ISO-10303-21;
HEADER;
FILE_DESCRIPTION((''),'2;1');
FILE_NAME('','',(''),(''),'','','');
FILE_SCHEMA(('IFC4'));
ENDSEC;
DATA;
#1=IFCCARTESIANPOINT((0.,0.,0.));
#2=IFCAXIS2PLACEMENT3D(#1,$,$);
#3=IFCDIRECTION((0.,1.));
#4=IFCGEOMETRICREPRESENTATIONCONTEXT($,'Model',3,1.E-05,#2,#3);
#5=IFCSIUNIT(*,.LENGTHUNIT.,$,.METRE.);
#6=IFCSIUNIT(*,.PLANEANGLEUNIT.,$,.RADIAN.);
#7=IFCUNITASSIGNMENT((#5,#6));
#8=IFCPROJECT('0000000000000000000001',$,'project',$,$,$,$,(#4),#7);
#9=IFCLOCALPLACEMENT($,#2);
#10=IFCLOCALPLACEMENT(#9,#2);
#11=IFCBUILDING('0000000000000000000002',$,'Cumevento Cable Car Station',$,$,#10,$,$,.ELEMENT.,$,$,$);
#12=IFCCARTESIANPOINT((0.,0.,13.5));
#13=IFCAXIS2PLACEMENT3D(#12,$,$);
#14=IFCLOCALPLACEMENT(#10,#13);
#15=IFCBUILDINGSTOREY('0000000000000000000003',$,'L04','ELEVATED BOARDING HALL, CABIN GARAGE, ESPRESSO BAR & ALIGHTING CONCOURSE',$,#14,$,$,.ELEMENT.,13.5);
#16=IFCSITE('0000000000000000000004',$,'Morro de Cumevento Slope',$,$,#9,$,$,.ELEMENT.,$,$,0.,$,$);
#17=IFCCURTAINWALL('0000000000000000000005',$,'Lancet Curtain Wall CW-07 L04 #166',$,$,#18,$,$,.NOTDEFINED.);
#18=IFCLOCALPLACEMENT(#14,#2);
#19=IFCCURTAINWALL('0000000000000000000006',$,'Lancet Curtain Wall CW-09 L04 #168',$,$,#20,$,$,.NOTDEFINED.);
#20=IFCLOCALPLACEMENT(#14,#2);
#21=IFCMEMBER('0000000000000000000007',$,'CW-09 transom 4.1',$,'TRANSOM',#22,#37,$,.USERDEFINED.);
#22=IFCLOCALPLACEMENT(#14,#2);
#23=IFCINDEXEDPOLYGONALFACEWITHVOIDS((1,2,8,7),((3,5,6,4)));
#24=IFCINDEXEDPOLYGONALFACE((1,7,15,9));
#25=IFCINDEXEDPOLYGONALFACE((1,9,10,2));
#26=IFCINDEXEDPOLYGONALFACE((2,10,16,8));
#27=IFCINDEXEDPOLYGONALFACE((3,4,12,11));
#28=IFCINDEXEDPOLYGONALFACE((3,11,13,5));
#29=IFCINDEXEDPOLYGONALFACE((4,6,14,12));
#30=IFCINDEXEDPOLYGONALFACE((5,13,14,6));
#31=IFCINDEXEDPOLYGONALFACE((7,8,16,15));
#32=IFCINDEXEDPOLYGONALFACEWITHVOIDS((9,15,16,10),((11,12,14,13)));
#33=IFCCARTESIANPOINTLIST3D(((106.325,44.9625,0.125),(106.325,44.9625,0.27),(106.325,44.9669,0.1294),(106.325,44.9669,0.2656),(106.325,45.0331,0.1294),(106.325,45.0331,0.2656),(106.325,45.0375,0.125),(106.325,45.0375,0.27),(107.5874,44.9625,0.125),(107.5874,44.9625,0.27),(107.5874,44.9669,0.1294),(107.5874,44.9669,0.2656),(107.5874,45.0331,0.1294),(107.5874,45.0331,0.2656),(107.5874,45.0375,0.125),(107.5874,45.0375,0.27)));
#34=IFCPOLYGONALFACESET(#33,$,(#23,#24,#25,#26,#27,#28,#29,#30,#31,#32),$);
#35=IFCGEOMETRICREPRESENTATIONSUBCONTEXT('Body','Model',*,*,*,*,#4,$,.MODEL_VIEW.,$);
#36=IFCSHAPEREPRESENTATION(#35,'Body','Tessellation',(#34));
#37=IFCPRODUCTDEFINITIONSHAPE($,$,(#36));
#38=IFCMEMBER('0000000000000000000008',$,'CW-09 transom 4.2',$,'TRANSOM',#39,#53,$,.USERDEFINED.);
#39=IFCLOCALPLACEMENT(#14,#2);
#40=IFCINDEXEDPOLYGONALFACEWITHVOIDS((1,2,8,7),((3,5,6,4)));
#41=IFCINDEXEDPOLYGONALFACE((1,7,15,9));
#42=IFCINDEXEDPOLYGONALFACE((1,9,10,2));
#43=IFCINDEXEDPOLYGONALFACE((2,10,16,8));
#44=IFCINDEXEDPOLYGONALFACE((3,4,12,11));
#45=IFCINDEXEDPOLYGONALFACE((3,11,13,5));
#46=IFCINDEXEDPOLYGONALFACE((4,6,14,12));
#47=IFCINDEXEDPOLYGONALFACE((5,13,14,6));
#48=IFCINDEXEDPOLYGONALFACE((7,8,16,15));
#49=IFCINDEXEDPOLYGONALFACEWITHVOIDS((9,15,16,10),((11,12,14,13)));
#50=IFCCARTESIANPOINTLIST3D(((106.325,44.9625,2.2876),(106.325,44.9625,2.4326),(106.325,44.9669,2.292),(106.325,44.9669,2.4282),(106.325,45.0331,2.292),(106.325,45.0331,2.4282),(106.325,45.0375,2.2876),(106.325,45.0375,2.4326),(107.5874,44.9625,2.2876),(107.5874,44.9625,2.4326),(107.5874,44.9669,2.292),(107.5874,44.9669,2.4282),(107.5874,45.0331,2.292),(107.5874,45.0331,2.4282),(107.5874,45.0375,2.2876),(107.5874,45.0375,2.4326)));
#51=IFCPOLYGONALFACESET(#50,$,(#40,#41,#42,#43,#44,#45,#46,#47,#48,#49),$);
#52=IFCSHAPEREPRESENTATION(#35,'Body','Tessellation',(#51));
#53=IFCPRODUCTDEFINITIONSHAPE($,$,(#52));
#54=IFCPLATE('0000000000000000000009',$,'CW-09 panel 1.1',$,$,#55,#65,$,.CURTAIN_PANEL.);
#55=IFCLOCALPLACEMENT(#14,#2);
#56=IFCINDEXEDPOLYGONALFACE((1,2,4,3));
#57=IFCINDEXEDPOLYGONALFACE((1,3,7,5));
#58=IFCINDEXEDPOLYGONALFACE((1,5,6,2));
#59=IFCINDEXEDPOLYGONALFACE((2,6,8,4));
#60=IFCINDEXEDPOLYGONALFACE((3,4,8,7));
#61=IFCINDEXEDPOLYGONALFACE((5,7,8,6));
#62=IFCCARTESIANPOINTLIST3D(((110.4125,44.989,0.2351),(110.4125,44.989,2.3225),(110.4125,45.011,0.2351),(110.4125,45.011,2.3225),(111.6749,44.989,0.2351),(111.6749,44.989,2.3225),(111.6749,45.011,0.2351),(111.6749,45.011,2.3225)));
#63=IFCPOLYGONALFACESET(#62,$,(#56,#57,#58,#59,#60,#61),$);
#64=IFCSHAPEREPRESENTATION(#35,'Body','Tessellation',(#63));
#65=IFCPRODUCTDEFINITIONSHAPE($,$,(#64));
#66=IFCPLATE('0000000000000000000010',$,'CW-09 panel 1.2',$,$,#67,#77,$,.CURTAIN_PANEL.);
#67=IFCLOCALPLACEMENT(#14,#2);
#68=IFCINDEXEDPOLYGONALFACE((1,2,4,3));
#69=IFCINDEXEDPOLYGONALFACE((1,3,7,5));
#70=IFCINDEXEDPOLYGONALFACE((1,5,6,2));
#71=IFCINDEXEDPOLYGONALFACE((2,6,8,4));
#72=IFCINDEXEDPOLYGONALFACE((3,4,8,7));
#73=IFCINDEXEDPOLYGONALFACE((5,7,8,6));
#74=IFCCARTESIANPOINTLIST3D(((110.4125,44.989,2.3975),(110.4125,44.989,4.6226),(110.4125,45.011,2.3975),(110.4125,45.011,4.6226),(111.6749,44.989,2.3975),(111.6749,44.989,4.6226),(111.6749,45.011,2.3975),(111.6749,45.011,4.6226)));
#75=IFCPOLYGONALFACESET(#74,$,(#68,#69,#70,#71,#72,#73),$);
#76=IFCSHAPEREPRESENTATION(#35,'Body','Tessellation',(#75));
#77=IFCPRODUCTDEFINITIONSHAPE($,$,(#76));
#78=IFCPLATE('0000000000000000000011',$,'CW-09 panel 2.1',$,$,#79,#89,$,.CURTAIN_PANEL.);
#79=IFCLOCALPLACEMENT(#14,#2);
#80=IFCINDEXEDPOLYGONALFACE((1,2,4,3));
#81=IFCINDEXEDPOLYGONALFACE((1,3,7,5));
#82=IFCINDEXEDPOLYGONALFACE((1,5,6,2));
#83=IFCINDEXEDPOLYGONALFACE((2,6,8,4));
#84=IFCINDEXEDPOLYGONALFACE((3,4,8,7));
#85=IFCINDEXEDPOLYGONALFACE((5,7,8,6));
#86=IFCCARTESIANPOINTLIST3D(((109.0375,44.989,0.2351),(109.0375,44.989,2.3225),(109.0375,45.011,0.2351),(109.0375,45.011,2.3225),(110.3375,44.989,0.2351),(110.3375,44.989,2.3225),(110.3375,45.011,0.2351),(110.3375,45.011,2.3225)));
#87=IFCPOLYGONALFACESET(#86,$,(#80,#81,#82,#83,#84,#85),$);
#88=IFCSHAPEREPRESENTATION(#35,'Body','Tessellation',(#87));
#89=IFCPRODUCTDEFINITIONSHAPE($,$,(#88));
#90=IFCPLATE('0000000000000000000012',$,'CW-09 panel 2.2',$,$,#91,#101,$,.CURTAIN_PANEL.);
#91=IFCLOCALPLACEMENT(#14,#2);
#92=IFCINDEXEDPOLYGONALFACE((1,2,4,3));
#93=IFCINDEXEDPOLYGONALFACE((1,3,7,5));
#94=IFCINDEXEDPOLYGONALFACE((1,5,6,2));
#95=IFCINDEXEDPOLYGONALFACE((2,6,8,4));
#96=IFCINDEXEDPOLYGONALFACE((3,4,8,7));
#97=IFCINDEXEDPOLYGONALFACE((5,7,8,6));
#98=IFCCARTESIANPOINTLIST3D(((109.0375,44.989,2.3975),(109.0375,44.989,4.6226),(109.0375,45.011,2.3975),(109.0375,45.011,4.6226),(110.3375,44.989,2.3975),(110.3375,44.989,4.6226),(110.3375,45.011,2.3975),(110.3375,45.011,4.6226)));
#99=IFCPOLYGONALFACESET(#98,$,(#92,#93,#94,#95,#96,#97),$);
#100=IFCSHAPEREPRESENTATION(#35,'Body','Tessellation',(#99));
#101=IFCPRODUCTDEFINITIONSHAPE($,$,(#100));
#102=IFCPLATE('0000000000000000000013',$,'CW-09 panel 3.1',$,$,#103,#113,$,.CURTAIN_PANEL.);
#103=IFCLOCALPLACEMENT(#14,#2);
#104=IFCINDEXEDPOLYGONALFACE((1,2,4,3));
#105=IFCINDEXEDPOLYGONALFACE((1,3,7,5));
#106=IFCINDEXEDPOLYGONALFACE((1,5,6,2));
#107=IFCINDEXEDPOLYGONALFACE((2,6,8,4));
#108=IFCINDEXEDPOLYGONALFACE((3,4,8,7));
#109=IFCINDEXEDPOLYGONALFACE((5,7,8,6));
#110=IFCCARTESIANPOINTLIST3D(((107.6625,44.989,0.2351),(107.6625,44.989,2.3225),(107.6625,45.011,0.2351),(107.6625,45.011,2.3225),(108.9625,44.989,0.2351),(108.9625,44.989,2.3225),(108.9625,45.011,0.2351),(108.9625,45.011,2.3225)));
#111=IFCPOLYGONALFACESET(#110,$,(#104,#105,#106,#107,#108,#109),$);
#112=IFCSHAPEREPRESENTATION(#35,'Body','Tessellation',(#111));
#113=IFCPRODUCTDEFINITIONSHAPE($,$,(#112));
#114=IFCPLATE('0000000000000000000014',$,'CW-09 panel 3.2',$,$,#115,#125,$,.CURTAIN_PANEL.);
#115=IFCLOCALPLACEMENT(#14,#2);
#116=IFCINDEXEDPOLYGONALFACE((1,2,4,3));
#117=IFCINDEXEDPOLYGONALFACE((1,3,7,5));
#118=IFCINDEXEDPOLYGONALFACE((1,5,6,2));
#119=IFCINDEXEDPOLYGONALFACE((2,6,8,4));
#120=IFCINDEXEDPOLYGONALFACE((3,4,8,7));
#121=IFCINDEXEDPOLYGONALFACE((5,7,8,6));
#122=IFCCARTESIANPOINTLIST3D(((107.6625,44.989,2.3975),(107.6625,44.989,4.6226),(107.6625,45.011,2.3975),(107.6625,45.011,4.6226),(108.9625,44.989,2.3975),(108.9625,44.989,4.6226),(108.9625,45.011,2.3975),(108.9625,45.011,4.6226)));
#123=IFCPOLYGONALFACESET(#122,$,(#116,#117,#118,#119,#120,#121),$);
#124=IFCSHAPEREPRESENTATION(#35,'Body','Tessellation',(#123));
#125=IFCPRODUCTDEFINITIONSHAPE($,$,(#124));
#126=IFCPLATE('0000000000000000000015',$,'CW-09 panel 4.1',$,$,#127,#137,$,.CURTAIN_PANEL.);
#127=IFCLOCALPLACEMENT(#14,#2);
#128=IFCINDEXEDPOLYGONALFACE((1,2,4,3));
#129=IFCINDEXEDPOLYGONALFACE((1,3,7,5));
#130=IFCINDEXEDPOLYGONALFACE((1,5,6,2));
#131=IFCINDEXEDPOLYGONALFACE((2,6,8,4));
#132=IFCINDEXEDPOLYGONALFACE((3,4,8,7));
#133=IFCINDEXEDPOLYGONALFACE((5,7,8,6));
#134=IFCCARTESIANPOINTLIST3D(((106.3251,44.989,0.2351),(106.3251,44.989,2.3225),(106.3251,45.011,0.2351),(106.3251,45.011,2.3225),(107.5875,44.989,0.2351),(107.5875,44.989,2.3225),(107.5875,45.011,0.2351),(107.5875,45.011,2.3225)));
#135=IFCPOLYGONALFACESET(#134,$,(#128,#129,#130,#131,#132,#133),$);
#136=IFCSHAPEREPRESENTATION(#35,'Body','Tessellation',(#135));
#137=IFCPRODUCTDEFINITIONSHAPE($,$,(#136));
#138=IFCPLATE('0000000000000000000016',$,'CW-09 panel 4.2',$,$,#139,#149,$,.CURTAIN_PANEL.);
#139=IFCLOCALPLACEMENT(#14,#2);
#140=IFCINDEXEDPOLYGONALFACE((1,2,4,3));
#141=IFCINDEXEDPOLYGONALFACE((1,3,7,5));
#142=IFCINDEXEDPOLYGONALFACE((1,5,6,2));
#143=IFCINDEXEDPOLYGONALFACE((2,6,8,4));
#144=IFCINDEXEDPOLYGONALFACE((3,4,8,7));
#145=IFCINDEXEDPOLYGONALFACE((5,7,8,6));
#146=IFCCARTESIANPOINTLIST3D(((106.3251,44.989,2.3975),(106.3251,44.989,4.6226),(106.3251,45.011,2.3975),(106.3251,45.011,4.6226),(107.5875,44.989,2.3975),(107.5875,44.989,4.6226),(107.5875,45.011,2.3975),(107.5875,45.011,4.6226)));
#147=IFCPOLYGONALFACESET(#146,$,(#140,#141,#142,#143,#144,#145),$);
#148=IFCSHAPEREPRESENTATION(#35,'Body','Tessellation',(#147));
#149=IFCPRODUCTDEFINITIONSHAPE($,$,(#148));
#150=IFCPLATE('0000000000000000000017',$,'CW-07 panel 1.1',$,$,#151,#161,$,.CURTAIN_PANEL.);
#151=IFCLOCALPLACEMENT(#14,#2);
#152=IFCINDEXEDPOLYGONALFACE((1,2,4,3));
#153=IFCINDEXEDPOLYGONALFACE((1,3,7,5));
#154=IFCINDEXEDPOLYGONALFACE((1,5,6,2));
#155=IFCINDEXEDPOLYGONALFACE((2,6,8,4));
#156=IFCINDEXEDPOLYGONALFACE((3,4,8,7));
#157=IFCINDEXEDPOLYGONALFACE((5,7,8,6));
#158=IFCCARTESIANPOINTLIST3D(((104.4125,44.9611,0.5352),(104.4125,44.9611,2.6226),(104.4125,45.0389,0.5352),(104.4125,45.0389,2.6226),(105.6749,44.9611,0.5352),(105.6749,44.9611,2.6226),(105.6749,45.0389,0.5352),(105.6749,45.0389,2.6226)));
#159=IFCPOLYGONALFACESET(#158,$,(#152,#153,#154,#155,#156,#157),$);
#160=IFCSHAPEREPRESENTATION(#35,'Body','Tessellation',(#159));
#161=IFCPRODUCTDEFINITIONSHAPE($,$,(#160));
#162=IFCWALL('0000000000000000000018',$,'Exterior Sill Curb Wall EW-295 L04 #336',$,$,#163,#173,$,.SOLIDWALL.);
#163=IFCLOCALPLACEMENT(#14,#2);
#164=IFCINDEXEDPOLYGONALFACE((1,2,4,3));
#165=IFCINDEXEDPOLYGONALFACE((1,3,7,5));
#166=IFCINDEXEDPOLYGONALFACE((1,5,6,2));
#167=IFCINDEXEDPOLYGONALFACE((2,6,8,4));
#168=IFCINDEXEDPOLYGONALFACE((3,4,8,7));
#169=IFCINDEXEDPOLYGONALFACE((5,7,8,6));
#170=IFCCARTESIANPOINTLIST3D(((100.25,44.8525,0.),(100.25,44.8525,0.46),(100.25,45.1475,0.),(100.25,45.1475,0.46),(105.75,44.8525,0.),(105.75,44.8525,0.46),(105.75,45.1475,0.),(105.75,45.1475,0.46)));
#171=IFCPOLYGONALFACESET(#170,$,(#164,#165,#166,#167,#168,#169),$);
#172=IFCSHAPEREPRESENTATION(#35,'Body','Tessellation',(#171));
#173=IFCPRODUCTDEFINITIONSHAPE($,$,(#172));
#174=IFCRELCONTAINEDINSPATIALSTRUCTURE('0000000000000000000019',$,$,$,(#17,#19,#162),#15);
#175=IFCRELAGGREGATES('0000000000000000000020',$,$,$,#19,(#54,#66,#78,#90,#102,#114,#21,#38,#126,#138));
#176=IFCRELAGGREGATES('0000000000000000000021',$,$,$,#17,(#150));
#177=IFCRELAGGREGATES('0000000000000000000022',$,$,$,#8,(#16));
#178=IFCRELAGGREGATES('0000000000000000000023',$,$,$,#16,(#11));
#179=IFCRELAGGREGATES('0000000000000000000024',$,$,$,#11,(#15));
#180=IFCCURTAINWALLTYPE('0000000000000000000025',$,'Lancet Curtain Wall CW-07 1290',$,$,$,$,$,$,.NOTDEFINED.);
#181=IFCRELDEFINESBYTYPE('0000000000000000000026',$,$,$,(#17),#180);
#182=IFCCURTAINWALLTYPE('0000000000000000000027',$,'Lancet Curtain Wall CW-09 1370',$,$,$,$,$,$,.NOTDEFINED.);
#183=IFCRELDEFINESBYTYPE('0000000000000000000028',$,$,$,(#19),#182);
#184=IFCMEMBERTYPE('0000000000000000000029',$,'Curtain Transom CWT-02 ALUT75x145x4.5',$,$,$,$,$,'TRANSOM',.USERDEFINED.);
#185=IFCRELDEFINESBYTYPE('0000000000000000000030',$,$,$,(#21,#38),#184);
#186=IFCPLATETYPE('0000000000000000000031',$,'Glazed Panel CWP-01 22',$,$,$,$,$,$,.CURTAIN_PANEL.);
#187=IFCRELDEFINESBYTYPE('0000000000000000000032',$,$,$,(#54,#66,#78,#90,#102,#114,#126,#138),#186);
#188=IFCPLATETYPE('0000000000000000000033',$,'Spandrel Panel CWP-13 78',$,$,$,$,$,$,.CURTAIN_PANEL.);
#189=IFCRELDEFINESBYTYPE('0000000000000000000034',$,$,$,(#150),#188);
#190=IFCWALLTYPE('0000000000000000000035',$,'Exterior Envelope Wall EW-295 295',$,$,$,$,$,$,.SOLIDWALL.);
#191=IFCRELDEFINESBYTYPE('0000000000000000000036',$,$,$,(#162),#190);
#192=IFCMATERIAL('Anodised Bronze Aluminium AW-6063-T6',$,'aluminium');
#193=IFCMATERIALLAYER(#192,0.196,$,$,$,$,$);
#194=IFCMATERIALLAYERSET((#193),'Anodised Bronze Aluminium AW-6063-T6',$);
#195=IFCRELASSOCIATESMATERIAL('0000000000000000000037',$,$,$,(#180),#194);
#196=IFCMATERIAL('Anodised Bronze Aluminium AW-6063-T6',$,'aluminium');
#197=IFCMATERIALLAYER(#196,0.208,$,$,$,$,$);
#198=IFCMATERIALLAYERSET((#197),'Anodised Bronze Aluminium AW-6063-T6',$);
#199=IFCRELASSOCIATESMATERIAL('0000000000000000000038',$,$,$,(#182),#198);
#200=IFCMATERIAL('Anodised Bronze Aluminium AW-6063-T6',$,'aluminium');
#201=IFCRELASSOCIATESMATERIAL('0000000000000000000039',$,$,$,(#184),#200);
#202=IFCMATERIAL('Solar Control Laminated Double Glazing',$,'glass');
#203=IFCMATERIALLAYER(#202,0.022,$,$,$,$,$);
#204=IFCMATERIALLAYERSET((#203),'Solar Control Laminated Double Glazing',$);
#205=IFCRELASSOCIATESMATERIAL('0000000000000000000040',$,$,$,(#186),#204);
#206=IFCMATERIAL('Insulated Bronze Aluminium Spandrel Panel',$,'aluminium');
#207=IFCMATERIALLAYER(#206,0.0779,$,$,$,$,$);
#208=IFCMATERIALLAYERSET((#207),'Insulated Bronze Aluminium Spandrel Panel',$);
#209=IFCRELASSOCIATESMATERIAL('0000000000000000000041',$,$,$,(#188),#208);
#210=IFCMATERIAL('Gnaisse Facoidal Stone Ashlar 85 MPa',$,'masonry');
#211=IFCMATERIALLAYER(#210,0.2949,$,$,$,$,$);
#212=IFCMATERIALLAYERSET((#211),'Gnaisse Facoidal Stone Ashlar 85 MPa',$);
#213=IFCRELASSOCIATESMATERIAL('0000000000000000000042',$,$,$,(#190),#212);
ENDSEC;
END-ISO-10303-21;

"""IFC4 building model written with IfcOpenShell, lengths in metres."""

from ifc_helpers import new_model, si_unit, direction, frame, frame_2d, origin, origin_2d, place, context, subcontext, project, spatial, rectangle, hollow_rectangle, extrude, material, layer, layer_set, material_profile, profile_set, type_object, element, aggregate, save


model = new_model("IFC4")

# Units and contexts
model_context = context("Model", 3, precision=1e-05, world=origin(), true_north=direction((0.0, 1.0)))
body_context = subcontext(model_context, "Body", "Model", "MODEL_VIEW")
ifc_project = project(units=[si_unit("LENGTHUNIT", "METRE"), si_unit("PLANEANGLEUNIT", "RADIAN")], contexts=[model_context])

# Site, building, storey
site_placement = place(None, origin())
site = spatial("IfcSite", under=ifc_project, at=site_placement, Name="Morro de Cumevento Slope", CompositionType="ELEMENT", RefElevation=0.0)
building_placement = place(site_placement, origin())
building = spatial("IfcBuilding", under=site, at=building_placement, Name="Cumevento Cable Car Station", CompositionType="ELEMENT")
storey_placement = place(building_placement, frame((0.0, 0.0, 13.5)))
storey = spatial("IfcBuildingStorey", under=building, at=storey_placement, Name="L04", Description="ELEVATED BOARDING HALL, CABIN GARAGE, ESPRESSO BAR & ALIGHTING CONCOURSE", CompositionType="ELEMENT", Elevation=13.5)

# Curtain wall
ifc_material_1 = material(Name="Anodised Bronze Aluminium AW-6063-T6", Category="aluminium")
ifc_layer_1 = layer(ifc_material_1, 0.196)
ifc_layer_set_1 = layer_set([ifc_layer_1], Name="Anodised Bronze Aluminium AW-6063-T6")
curtain_wall_type_1 = type_object("IfcCurtainWallType", Name="Lancet Curtain Wall CW-07 1290", PredefinedType="NOTDEFINED", material=ifc_layer_set_1)
curtain_wall_1_placement = place(storey_placement, origin())
curtain_wall_1 = element("IfcCurtainWall", 1, at=curtain_wall_1_placement, inside=storey, type_object=curtain_wall_type_1, Name="Lancet Curtain Wall CW-07 L04 #166", PredefinedType="NOTDEFINED")

# Curtain wall
ifc_material_2 = material(Name="Anodised Bronze Aluminium AW-6063-T6", Category="aluminium")
ifc_layer_2 = layer(ifc_material_2, 0.208)
ifc_layer_set_2 = layer_set([ifc_layer_2], Name="Anodised Bronze Aluminium AW-6063-T6")
curtain_wall_type_2 = type_object("IfcCurtainWallType", Name="Lancet Curtain Wall CW-09 1370", PredefinedType="NOTDEFINED", material=ifc_layer_set_2)
curtain_wall_2_placement = place(storey_placement, origin())
curtain_wall_2 = element("IfcCurtainWall", 2, at=curtain_wall_2_placement, inside=storey, type_object=curtain_wall_type_2, Name="Lancet Curtain Wall CW-09 L04 #168", PredefinedType="NOTDEFINED")

# Members
ifc_material_3 = material(Name="Anodised Bronze Aluminium AW-6063-T6", Category="aluminium")
ifc_material_profile_1 = material_profile(ifc_material_3, hollow_rectangle(XDim=0.075, YDim=0.145, WallThickness=0.0044, at=origin_2d()), Name="ALUT75x145x4.5")
ifc_profile_set_1 = profile_set([ifc_material_profile_1], Name="Anodised Bronze Aluminium AW-6063-T6")
member_type_1 = type_object("IfcMemberType", Name="Curtain Transom CWT-02 ALUT75x145x4.5", ElementType="TRANSOM", PredefinedType="USERDEFINED", material=ifc_profile_set_1)
member_1_placement = place(storey_placement, frame((107.5874, 45.0, 0.1975), z_axis=(-1.0, 0.0, 0.0), x_axis=(0.0, -1.0, 0.0)))
member_1 = element("IfcMember", 3, at=member_1_placement, type_object=member_type_1, Name="CW-09 transom 4.1", ObjectType="TRANSOM", PredefinedType="USERDEFINED", context=body_context, shape_type="SweptSolid", body=[
    extrude(hollow_rectangle(XDim=0.075, YDim=0.145, WallThickness=0.0044, at=origin_2d()), origin(), (0.0, 0.0, 1.0), 1.2625),
])
member_2_placement = place(storey_placement, frame((107.5874, 45.0, 2.3601), z_axis=(-1.0, 0.0, 0.0), x_axis=(0.0, -1.0, 0.0)))
member_2 = element("IfcMember", 4, at=member_2_placement, type_object=member_type_1, Name="CW-09 transom 4.2", ObjectType="TRANSOM", PredefinedType="USERDEFINED", context=body_context, shape_type="SweptSolid", body=[
    extrude(hollow_rectangle(XDim=0.075, YDim=0.145, WallThickness=0.0044, at=origin_2d()), origin(), (0.0, 0.0, 1.0), 1.2625),
])

# Plates
ifc_material_4 = material(Name="Solar Control Laminated Double Glazing", Category="glass")
ifc_layer_3 = layer(ifc_material_4, 0.022)
ifc_layer_set_3 = layer_set([ifc_layer_3], Name="Solar Control Laminated Double Glazing")
plate_type_1 = type_object("IfcPlateType", Name="Glazed Panel CWP-01 22", PredefinedType="CURTAIN_PANEL", material=ifc_layer_set_3)
plate_1_placement = place(storey_placement, frame((111.0437, 45.0, 0.2351), z_axis=(0.0, 0.0, 1.0), x_axis=(-1.0, 0.0, 0.0)))
plate_1 = element("IfcPlate", 5, at=plate_1_placement, type_object=plate_type_1, Name="CW-09 panel 1.1", PredefinedType="CURTAIN_PANEL", context=body_context, shape_type="SweptSolid", body=[
    extrude(rectangle(XDim=1.2625, YDim=0.022, at=origin_2d()), origin(), (0.0, 0.0, 1.0), 2.0874),
])
plate_2_placement = place(storey_placement, frame((111.0437, 45.0, 2.3975), z_axis=(0.0, 0.0, 1.0), x_axis=(-1.0, 0.0, 0.0)))
plate_2 = element("IfcPlate", 6, at=plate_2_placement, type_object=plate_type_1, Name="CW-09 panel 1.2", PredefinedType="CURTAIN_PANEL", context=body_context, shape_type="SweptSolid", body=[
    extrude(rectangle(XDim=1.2625, YDim=0.022, at=origin_2d()), origin(), (0.0, 0.0, 1.0), 2.2251),
])
plate_3_placement = place(storey_placement, frame((109.6875, 45.0, 0.2351), z_axis=(0.0, 0.0, 1.0), x_axis=(-1.0, 0.0, 0.0)))
plate_3 = element("IfcPlate", 7, at=plate_3_placement, type_object=plate_type_1, Name="CW-09 panel 2.1", PredefinedType="CURTAIN_PANEL", context=body_context, shape_type="SweptSolid", body=[
    extrude(rectangle(XDim=1.3, YDim=0.022, at=origin_2d()), origin(), (0.0, 0.0, 1.0), 2.0874),
])
plate_4_placement = place(storey_placement, frame((109.6875, 45.0, 2.3975), z_axis=(0.0, 0.0, 1.0), x_axis=(-1.0, 0.0, 0.0)))
plate_4 = element("IfcPlate", 8, at=plate_4_placement, type_object=plate_type_1, Name="CW-09 panel 2.2", PredefinedType="CURTAIN_PANEL", context=body_context, shape_type="SweptSolid", body=[
    extrude(rectangle(XDim=1.3, YDim=0.022, at=origin_2d()), origin(), (0.0, 0.0, 1.0), 2.2251),
])
plate_5_placement = place(storey_placement, frame((108.3125, 45.0, 0.2351), z_axis=(0.0, 0.0, 1.0), x_axis=(-1.0, 0.0, 0.0)))
plate_5 = element("IfcPlate", 9, at=plate_5_placement, type_object=plate_type_1, Name="CW-09 panel 3.1", PredefinedType="CURTAIN_PANEL", context=body_context, shape_type="SweptSolid", body=[
    extrude(rectangle(XDim=1.3, YDim=0.022, at=origin_2d()), origin(), (0.0, 0.0, 1.0), 2.0874),
])
plate_6_placement = place(storey_placement, frame((108.3125, 45.0, 2.3975), z_axis=(0.0, 0.0, 1.0), x_axis=(-1.0, 0.0, 0.0)))
plate_6 = element("IfcPlate", 10, at=plate_6_placement, type_object=plate_type_1, Name="CW-09 panel 3.2", PredefinedType="CURTAIN_PANEL", context=body_context, shape_type="SweptSolid", body=[
    extrude(rectangle(XDim=1.3, YDim=0.022, at=origin_2d()), origin(), (0.0, 0.0, 1.0), 2.2251),
])
plate_7_placement = place(storey_placement, frame((106.9563, 45.0, 0.2351), z_axis=(0.0, 0.0, 1.0), x_axis=(-1.0, 0.0, 0.0)))
plate_7 = element("IfcPlate", 11, at=plate_7_placement, type_object=plate_type_1, Name="CW-09 panel 4.1", PredefinedType="CURTAIN_PANEL", context=body_context, shape_type="SweptSolid", body=[
    extrude(rectangle(XDim=1.2625, YDim=0.022, at=origin_2d()), origin(), (0.0, 0.0, 1.0), 2.0874),
])
plate_8_placement = place(storey_placement, frame((106.9563, 45.0, 2.3975), z_axis=(0.0, 0.0, 1.0), x_axis=(-1.0, 0.0, 0.0)))
plate_8 = element("IfcPlate", 12, at=plate_8_placement, type_object=plate_type_1, Name="CW-09 panel 4.2", PredefinedType="CURTAIN_PANEL", context=body_context, shape_type="SweptSolid", body=[
    extrude(rectangle(XDim=1.2625, YDim=0.022, at=origin_2d()), origin(), (0.0, 0.0, 1.0), 2.2251),
])
aggregate(curtain_wall_2, [plate_1, plate_2, plate_3, plate_4, plate_5, plate_6, member_1, member_2, plate_7, plate_8])
ifc_material_5 = material(Name="Insulated Bronze Aluminium Spandrel Panel", Category="aluminium")
ifc_layer_4 = layer(ifc_material_5, 0.0779)
ifc_layer_set_4 = layer_set([ifc_layer_4], Name="Insulated Bronze Aluminium Spandrel Panel")
plate_type_2 = type_object("IfcPlateType", Name="Spandrel Panel CWP-13 78", PredefinedType="CURTAIN_PANEL", material=ifc_layer_set_4)
plate_9_placement = place(storey_placement, frame((105.0437, 45.0, 0.5352), z_axis=(0.0, 0.0, 1.0), x_axis=(-1.0, 0.0, 0.0)))
plate_9 = element("IfcPlate", 13, at=plate_9_placement, type_object=plate_type_2, Name="CW-07 panel 1.1", PredefinedType="CURTAIN_PANEL", context=body_context, shape_type="SweptSolid", body=[
    extrude(rectangle(XDim=1.2625, YDim=0.0779, at=origin_2d()), origin(), (0.0, 0.0, 1.0), 2.0874),
])
aggregate(curtain_wall_1, [plate_9])

# Wall
ifc_material_6 = material(Name="Gnaisse Facoidal Stone Ashlar 85 MPa", Category="masonry")
ifc_layer_5 = layer(ifc_material_6, 0.2949)
ifc_layer_set_5 = layer_set([ifc_layer_5], Name="Gnaisse Facoidal Stone Ashlar 85 MPa")
wall_type = type_object("IfcWallType", Name="Exterior Envelope Wall EW-295 295", PredefinedType="SOLIDWALL", material=ifc_layer_set_5)
wall_placement = place(storey_placement, frame((105.75, 45.0, 0.0), z_axis=(0.0, 0.0, 1.0), x_axis=(-1.0, 0.0, 0.0)))
element("IfcWall", 14, at=wall_placement, inside=storey, type_object=wall_type, Name="Exterior Sill Curb Wall EW-295 L04 #336", PredefinedType="SOLIDWALL", context=body_context, shape_type="SweptSolid", body=[
    extrude(rectangle(XDim=5.5, YDim=0.2949, at=frame_2d((2.75, 0.0))), origin(), (0.0, 0.0, 1.0), 0.46),
])

save(model, "model.ifc")
